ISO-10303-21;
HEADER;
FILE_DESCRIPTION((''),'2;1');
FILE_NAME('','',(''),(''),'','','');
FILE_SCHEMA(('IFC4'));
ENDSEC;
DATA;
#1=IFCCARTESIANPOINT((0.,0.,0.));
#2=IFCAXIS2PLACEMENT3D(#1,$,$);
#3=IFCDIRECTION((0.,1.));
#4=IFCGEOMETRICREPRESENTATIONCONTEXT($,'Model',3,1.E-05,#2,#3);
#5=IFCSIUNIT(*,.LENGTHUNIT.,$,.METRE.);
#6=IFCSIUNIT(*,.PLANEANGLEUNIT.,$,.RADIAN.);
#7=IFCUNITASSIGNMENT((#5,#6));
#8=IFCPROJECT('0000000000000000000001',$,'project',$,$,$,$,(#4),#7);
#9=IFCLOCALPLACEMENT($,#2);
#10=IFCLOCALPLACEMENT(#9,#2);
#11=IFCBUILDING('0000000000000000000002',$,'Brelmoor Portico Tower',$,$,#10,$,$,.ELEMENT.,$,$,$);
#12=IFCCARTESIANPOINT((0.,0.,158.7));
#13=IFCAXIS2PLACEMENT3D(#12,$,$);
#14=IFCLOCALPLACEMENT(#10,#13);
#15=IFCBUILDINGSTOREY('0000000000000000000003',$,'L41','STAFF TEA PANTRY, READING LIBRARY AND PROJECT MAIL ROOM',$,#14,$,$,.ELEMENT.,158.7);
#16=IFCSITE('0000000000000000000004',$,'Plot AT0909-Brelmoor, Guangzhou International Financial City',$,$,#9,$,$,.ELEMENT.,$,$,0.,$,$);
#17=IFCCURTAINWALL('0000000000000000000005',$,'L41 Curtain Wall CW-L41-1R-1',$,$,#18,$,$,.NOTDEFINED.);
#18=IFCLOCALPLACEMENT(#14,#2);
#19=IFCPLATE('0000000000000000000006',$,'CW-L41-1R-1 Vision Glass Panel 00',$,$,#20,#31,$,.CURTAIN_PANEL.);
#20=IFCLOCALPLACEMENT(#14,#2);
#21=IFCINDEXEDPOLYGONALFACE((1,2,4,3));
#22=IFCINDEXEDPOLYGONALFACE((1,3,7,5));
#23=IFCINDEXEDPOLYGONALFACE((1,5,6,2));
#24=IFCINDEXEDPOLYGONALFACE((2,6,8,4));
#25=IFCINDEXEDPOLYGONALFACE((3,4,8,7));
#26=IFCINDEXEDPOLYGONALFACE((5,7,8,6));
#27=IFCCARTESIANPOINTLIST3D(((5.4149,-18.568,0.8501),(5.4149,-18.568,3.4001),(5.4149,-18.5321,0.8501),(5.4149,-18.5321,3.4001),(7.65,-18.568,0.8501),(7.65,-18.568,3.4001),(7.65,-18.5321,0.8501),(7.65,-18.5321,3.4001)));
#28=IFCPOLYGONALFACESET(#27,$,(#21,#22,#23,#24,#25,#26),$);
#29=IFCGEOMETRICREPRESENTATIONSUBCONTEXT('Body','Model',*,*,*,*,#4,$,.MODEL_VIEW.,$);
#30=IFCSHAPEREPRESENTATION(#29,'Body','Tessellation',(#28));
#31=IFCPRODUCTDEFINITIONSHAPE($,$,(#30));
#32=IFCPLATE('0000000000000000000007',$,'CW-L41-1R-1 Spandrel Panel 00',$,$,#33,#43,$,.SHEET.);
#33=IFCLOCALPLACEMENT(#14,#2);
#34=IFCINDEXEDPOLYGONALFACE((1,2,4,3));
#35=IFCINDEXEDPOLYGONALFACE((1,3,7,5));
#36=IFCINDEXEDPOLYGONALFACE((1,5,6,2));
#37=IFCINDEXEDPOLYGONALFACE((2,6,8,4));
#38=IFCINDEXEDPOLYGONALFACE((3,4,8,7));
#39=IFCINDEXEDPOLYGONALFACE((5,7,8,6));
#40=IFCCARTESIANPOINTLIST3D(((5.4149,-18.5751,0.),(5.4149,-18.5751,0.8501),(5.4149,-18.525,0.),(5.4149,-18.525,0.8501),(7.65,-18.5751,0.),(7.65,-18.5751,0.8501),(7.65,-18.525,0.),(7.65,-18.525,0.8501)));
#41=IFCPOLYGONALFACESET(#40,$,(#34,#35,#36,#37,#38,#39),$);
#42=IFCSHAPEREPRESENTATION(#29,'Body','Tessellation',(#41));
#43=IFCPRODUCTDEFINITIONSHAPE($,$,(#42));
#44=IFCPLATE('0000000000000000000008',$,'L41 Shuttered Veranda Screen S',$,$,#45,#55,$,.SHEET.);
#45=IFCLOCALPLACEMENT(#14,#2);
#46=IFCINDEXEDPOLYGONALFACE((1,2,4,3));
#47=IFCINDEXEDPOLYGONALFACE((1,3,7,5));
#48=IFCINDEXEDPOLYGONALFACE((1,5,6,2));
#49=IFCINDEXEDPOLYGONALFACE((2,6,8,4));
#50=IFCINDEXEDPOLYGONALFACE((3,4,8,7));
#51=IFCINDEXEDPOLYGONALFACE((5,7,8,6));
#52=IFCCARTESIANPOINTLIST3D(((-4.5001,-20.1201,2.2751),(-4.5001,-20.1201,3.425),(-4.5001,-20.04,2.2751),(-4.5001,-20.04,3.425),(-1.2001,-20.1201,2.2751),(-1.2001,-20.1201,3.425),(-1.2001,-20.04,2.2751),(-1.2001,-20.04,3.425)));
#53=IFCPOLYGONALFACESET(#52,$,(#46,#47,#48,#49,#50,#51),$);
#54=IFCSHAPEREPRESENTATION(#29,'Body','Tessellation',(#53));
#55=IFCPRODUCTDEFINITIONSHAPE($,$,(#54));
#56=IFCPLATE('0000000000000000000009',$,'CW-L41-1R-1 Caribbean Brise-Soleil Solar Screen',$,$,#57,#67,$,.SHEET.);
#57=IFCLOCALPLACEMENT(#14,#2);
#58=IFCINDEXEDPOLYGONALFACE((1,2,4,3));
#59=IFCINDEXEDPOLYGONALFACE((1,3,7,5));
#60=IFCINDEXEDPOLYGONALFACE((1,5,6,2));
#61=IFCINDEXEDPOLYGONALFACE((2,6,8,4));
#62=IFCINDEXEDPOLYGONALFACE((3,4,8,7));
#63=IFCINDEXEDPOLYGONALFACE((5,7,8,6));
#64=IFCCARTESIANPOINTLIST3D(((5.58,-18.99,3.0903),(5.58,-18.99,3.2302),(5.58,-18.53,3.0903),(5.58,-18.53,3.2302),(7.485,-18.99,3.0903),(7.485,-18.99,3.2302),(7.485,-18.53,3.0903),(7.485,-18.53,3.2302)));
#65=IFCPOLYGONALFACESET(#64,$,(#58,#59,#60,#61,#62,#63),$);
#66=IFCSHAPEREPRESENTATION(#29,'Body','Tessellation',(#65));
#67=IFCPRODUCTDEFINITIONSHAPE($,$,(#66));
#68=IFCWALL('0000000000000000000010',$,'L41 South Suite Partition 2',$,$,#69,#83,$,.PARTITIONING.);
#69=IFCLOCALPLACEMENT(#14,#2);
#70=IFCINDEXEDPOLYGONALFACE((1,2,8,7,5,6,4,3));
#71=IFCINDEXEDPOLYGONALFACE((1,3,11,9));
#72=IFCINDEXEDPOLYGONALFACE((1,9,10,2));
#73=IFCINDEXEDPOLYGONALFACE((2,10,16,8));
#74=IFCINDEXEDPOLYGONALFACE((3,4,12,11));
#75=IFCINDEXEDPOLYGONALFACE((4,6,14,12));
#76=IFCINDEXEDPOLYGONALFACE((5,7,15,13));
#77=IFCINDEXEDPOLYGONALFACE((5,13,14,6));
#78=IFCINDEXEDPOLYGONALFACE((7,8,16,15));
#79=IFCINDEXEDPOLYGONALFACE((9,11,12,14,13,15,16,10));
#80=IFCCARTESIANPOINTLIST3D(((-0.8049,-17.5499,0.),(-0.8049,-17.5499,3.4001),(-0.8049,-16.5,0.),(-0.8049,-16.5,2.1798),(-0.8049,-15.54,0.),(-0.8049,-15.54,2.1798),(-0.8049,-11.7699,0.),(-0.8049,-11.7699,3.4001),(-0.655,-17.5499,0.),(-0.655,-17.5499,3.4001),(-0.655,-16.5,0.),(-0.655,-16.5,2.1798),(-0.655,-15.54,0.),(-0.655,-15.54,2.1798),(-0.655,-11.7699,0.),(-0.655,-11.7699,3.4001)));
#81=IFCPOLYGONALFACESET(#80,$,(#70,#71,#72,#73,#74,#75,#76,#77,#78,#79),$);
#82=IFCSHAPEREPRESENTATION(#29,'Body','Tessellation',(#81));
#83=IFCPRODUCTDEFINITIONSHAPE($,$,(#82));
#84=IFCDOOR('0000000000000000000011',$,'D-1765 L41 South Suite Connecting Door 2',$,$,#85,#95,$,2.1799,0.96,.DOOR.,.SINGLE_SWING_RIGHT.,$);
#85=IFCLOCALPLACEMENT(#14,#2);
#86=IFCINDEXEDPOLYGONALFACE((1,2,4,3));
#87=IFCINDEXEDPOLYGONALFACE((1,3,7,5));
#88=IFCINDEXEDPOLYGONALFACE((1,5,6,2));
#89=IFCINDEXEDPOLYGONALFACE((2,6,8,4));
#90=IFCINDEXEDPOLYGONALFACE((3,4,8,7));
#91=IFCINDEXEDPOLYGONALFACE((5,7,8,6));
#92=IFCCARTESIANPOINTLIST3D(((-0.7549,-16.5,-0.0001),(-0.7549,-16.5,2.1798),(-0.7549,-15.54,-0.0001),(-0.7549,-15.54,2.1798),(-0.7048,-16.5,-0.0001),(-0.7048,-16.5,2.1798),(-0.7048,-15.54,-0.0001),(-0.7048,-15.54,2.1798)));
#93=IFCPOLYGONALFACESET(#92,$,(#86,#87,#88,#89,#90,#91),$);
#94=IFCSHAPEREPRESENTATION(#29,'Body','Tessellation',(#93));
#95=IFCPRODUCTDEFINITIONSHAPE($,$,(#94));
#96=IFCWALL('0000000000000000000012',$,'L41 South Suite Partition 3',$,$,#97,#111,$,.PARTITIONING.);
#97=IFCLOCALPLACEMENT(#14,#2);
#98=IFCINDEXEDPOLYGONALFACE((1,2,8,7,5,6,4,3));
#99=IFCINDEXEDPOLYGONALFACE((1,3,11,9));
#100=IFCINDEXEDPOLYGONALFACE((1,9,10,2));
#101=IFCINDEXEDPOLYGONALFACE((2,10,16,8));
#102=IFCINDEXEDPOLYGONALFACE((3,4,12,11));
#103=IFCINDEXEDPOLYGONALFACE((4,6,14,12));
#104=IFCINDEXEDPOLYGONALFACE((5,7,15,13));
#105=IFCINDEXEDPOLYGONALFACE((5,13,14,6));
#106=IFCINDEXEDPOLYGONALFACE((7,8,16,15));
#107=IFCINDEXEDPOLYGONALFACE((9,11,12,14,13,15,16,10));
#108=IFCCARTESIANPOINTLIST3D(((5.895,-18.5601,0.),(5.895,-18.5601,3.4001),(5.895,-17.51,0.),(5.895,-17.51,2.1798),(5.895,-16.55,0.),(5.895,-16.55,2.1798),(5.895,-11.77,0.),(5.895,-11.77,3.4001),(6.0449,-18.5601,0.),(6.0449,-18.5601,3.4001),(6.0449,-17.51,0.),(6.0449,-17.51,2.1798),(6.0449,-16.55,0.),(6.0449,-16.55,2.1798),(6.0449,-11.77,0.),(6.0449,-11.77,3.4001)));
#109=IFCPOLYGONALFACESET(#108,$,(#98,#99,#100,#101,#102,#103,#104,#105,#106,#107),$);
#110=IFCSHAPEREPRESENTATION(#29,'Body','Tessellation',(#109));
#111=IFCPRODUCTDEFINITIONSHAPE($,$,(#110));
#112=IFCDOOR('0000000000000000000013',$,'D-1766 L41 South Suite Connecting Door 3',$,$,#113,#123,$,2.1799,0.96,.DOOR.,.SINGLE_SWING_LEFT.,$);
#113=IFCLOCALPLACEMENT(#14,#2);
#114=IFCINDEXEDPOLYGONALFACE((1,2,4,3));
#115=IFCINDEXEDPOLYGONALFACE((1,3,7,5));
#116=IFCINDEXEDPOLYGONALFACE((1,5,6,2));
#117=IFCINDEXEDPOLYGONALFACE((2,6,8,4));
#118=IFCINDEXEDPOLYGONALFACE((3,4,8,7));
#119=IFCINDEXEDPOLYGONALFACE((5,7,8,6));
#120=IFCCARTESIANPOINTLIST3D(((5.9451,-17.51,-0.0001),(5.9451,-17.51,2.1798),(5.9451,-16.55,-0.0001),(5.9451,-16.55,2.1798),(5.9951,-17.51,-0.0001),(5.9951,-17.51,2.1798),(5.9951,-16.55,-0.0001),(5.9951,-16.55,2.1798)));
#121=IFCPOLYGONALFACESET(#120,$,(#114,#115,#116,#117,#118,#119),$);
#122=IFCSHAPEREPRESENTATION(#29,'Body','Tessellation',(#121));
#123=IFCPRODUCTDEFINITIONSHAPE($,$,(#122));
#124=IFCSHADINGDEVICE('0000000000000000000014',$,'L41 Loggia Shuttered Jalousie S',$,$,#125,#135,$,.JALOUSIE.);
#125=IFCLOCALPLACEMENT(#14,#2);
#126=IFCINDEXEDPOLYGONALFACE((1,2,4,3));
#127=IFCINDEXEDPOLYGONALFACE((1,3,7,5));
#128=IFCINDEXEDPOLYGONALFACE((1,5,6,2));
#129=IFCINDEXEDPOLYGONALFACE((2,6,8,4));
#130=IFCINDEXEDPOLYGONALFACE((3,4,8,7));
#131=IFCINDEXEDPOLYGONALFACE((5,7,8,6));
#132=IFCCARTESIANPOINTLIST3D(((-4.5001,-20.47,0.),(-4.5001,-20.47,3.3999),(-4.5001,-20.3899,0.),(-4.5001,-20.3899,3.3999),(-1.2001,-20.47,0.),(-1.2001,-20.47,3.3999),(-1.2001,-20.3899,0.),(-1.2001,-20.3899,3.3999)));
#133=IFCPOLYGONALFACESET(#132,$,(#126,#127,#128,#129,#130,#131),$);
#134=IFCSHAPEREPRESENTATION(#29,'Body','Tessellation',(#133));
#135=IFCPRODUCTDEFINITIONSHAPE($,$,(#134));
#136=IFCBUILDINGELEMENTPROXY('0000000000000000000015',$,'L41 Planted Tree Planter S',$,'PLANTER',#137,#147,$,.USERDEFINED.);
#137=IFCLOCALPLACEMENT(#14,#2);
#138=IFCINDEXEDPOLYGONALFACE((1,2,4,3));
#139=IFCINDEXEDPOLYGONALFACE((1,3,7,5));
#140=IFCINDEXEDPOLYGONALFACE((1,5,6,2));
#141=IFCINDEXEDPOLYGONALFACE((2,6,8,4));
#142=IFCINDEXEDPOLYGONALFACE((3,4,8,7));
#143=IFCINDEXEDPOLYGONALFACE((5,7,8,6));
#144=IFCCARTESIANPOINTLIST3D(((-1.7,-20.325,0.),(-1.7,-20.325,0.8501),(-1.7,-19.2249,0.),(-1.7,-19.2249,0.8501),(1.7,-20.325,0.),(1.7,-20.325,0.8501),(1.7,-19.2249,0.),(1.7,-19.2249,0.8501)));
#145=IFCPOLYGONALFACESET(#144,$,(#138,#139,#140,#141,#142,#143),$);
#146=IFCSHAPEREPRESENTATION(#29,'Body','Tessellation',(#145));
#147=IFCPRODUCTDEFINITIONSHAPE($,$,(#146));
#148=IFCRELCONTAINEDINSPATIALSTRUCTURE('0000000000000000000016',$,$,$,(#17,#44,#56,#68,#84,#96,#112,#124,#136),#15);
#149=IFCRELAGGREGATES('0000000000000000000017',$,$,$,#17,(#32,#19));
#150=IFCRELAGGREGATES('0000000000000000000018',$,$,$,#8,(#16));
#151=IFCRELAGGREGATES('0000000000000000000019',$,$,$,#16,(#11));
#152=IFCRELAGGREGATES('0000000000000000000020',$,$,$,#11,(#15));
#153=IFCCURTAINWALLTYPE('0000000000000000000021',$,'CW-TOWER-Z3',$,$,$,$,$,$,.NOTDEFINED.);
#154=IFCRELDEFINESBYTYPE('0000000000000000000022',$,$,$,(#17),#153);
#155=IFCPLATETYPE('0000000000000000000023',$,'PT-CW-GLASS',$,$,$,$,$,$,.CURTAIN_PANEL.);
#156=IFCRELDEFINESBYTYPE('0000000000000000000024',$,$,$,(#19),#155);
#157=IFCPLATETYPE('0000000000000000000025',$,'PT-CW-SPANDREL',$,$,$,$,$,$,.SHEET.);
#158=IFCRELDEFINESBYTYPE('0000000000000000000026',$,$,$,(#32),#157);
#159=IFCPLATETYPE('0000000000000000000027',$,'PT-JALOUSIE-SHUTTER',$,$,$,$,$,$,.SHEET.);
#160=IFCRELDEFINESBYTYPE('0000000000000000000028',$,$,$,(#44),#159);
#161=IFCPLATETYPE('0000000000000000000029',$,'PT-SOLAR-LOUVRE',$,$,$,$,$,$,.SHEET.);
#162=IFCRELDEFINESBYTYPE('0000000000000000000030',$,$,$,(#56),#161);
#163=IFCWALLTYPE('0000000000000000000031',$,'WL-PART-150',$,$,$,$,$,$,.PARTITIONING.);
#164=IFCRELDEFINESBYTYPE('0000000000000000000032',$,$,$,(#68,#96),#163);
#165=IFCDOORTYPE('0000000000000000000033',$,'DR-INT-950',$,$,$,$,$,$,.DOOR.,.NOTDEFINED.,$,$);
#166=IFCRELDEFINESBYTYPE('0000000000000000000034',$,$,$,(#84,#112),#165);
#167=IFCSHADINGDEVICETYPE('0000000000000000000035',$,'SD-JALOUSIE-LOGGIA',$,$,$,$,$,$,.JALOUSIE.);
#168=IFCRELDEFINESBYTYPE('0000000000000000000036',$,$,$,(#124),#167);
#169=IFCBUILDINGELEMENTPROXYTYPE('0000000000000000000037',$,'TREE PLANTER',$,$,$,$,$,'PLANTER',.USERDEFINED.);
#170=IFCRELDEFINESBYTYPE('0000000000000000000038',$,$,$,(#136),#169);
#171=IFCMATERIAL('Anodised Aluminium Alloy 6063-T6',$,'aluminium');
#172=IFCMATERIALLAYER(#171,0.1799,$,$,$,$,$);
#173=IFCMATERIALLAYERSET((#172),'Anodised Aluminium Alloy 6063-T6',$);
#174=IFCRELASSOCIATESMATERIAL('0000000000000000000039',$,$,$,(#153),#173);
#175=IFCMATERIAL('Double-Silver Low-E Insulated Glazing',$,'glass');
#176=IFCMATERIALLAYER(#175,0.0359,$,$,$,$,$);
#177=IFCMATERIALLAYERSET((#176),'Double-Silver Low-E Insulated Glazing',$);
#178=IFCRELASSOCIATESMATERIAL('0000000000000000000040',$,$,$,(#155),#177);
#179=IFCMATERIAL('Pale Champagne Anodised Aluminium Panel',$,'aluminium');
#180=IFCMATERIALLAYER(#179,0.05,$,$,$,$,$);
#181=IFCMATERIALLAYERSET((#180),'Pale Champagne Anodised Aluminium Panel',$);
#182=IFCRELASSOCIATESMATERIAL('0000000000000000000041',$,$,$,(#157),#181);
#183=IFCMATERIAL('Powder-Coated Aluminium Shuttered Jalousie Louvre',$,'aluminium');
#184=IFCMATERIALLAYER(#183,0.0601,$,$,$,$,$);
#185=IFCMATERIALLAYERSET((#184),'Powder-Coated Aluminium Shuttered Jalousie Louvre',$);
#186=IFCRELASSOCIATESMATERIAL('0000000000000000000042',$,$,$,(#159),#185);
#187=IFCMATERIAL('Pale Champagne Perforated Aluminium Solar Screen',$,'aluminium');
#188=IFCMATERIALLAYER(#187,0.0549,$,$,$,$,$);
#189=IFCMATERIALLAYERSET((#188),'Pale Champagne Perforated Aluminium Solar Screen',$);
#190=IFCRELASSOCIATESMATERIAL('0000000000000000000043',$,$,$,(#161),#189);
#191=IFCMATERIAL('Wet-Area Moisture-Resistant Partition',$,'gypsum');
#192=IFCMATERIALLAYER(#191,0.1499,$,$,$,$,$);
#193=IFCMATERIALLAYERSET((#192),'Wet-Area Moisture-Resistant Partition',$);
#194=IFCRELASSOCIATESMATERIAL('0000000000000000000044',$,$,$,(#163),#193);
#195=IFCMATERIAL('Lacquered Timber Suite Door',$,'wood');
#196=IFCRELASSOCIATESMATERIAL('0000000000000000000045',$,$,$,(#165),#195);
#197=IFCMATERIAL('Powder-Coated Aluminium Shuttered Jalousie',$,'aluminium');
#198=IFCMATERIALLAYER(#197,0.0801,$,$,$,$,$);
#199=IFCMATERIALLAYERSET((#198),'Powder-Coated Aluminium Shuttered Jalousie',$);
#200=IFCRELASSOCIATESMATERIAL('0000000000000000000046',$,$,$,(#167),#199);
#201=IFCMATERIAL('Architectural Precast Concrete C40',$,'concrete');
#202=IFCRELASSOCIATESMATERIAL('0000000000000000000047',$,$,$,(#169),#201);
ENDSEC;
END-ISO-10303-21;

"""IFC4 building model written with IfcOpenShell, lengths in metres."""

from ifc_helpers import new_model, si_unit, direction, frame, frame_2d, origin, origin_2d, place, context, subcontext, project, spatial, rectangle, extrude, material, layer, layer_set, type_object, element, fill, aggregate, save


model = new_model("IFC4")

# Units and contexts
model_context = context("Model", 3, precision=1e-05, world=origin(), true_north=direction((0.0, 1.0)))
body_context = subcontext(model_context, "Body", "Model", "MODEL_VIEW")
ifc_project = project(units=[si_unit("LENGTHUNIT", "METRE"), si_unit("PLANEANGLEUNIT", "RADIAN")], contexts=[model_context])

# Site, building, storey
site_placement = place(None, origin())
site = spatial("IfcSite", under=ifc_project, at=site_placement, Name="Plot AT0909-Brelmoor, Guangzhou International Financial City", CompositionType="ELEMENT", RefElevation=0.0)
building_placement = place(site_placement, origin())
building = spatial("IfcBuilding", under=site, at=building_placement, Name="Brelmoor Portico Tower", CompositionType="ELEMENT")
storey_placement = place(building_placement, frame((0.0, 0.0, 158.7)))
storey = spatial("IfcBuildingStorey", under=building, at=storey_placement, Name="L41", Description="STAFF TEA PANTRY, READING LIBRARY AND PROJECT MAIL ROOM", CompositionType="ELEMENT", Elevation=158.7)

# Curtain wall
ifc_material_1 = material(Name="Anodised Aluminium Alloy 6063-T6", Category="aluminium")
ifc_layer_1 = layer(ifc_material_1, 0.1799)
ifc_layer_set_1 = layer_set([ifc_layer_1], Name="Anodised Aluminium Alloy 6063-T6")
curtain_wall_type_1 = type_object("IfcCurtainWallType", Name="CW-TOWER-Z3", PredefinedType="NOTDEFINED", material=ifc_layer_set_1)
curtain_wall_1_placement = place(storey_placement, origin())
curtain_wall_1 = element("IfcCurtainWall", 1, at=curtain_wall_1_placement, inside=storey, type_object=curtain_wall_type_1, Name="L41 Curtain Wall CW-L41-1R-1", PredefinedType="NOTDEFINED")

# Plates
ifc_material_2 = material(Name="Double-Silver Low-E Insulated Glazing", Category="glass")
ifc_layer_2 = layer(ifc_material_2, 0.0359)
ifc_layer_set_2 = layer_set([ifc_layer_2], Name="Double-Silver Low-E Insulated Glazing")
plate_type_1 = type_object("IfcPlateType", Name="PT-CW-GLASS", PredefinedType="CURTAIN_PANEL", material=ifc_layer_set_2)
plate_1_placement = place(storey_placement, frame((6.5325, -18.55, 0.8501), z_axis=(0.0, 0.0, 1.0), x_axis=(1.0, 0.0, 0.0)))
plate_1 = element("IfcPlate", 2, at=plate_1_placement, type_object=plate_type_1, Name="CW-L41-1R-1 Vision Glass Panel 00", PredefinedType="CURTAIN_PANEL", context=body_context, shape_type="SweptSolid", body=[
    extrude(rectangle(XDim=2.2351, YDim=0.0359, at=origin_2d()), origin(), (0.0, 0.0, 1.0), 2.55),
])
ifc_material_3 = material(Name="Pale Champagne Anodised Aluminium Panel", Category="aluminium")
ifc_layer_3 = layer(ifc_material_3, 0.05)
ifc_layer_set_3 = layer_set([ifc_layer_3], Name="Pale Champagne Anodised Aluminium Panel")
plate_type_2 = type_object("IfcPlateType", Name="PT-CW-SPANDREL", PredefinedType="SHEET", material=ifc_layer_set_3)
plate_2_placement = place(storey_placement, frame((6.5325, -18.55, 0.0), z_axis=(0.0, 0.0, 1.0), x_axis=(1.0, 0.0, 0.0)))
plate_2 = element("IfcPlate", 3, at=plate_2_placement, type_object=plate_type_2, Name="CW-L41-1R-1 Spandrel Panel 00", PredefinedType="SHEET", context=body_context, shape_type="SweptSolid", body=[
    extrude(rectangle(XDim=2.2351, YDim=0.05, at=origin_2d()), origin(), (0.0, 0.0, 1.0), 0.8501),
])
aggregate(curtain_wall_1, [plate_2, plate_1])

# Plates
ifc_material_4 = material(Name="Powder-Coated Aluminium Shuttered Jalousie Louvre", Category="aluminium")
ifc_layer_4 = layer(ifc_material_4, 0.0601)
ifc_layer_set_4 = layer_set([ifc_layer_4], Name="Powder-Coated Aluminium Shuttered Jalousie Louvre")
plate_type_3 = type_object("IfcPlateType", Name="PT-JALOUSIE-SHUTTER", PredefinedType="SHEET", material=ifc_layer_set_4)
plate_3_placement = place(storey_placement, frame((-2.8501, -20.0801, 2.2751), z_axis=(0.0, 0.0, 1.0), x_axis=(1.0, 0.0, 0.0)))
element("IfcPlate", 4, at=plate_3_placement, inside=storey, type_object=plate_type_3, Name="L41 Shuttered Veranda Screen S", PredefinedType="SHEET", context=body_context, shape_type="SweptSolid", body=[
    extrude(rectangle(XDim=3.3, YDim=0.0801, at=origin_2d()), origin(), (0.0, 0.0, 1.0), 1.1499),
])
ifc_material_5 = material(Name="Pale Champagne Perforated Aluminium Solar Screen", Category="aluminium")
ifc_layer_5 = layer(ifc_material_5, 0.0549)
ifc_layer_set_5 = layer_set([ifc_layer_5], Name="Pale Champagne Perforated Aluminium Solar Screen")
plate_type_4 = type_object("IfcPlateType", Name="PT-SOLAR-LOUVRE", PredefinedType="SHEET", material=ifc_layer_set_5)
plate_4_placement = place(storey_placement, frame((6.5325, -18.76, 3.0903), z_axis=(0.0, 0.0, 1.0), x_axis=(1.0, 0.0, 0.0)))
element("IfcPlate", 5, at=plate_4_placement, inside=storey, type_object=plate_type_4, Name="CW-L41-1R-1 Caribbean Brise-Soleil Solar Screen", PredefinedType="SHEET", context=body_context, shape_type="SweptSolid", body=[
    extrude(rectangle(XDim=1.905, YDim=0.46, at=origin_2d()), origin(), (0.0, 0.0, 1.0), 0.1399),
])

# Walls, openings, doors
ifc_material_6 = material(Name="Wet-Area Moisture-Resistant Partition", Category="gypsum")
ifc_layer_6 = layer(ifc_material_6, 0.1499)
ifc_layer_set_6 = layer_set([ifc_layer_6], Name="Wet-Area Moisture-Resistant Partition")
wall_type_1 = type_object("IfcWallType", Name="WL-PART-150", PredefinedType="PARTITIONING", material=ifc_layer_set_6)
wall_1_placement = place(storey_placement, frame((-0.73, -17.55, 0.0), z_axis=(0.0, 0.0, 1.0), x_axis=(0.0, 1.0, 0.0)))
wall_1 = element("IfcWall", 6, at=wall_1_placement, inside=storey, type_object=wall_type_1, Name="L41 South Suite Partition 2", PredefinedType="PARTITIONING", context=body_context, shape_type="SweptSolid", body=[
    extrude(rectangle(XDim=5.78, YDim=0.1499, at=frame_2d((2.8901, 0.0))), origin(), (0.0, 0.0, 1.0), 3.4001),
])
opening_1_placement = place(wall_1_placement, frame((1.05, 0.0, 0.0)))
opening_1 = element("IfcOpeningElement", 7, at=opening_1_placement, cuts=wall_1, PredefinedType="OPENING", context=body_context, shape_type="SweptSolid", body=[
    extrude(rectangle(XDim=0.96, YDim=2.1799, at=frame_2d((0.48, 1.0898))), frame((0.0, 0.085, 0.0), z_axis=(0.0, -1.0, 0.0), x_axis=(1.0, 0.0, 0.0)), (0.0, 0.0, 1.0), 0.1699),
])
ifc_material_7 = material(Name="Lacquered Timber Suite Door", Category="wood")
door_type_1 = type_object("IfcDoorType", Name="DR-INT-950", OperationType="NOTDEFINED", PredefinedType="DOOR", material=ifc_material_7)
door_1_placement = place(opening_1_placement, origin())
door_1 = element("IfcDoor", 8, at=door_1_placement, inside=storey, type_object=door_type_1, Name="D-1765 L41 South Suite Connecting Door 2", OperationType="SINGLE_SWING_RIGHT", OverallHeight=2.1799, OverallWidth=0.96, PredefinedType="DOOR", context=body_context, shape_type="SweptSolid", body=[
    extrude(rectangle(XDim=0.96, YDim=2.1799, at=frame_2d((0.48, 1.0898))), frame((0.0, 0.0249, 0.0), z_axis=(0.0, -1.0, 0.0), x_axis=(1.0, 0.0, 0.0)), (0.0, 0.0, 1.0), 0.05),
])
fill(opening_1, door_1)
wall_2_placement = place(storey_placement, frame((5.97, -18.5601, 0.0), z_axis=(0.0, 0.0, 1.0), x_axis=(0.0, 1.0, 0.0)))
wall_2 = element("IfcWall", 9, at=wall_2_placement, inside=storey, type_object=wall_type_1, Name="L41 South Suite Partition 3", PredefinedType="PARTITIONING", context=body_context, shape_type="SweptSolid", body=[
    extrude(rectangle(XDim=6.79, YDim=0.1499, at=frame_2d((3.395, 0.0))), origin(), (0.0, 0.0, 1.0), 3.4001),
])
opening_2_placement = place(wall_2_placement, frame((1.05, 0.0, 0.0)))
opening_2 = element("IfcOpeningElement", 10, at=opening_2_placement, cuts=wall_2, PredefinedType="OPENING", context=body_context, shape_type="SweptSolid", body=[
    extrude(rectangle(XDim=0.96, YDim=2.1799, at=frame_2d((0.48, 1.0898))), frame((0.0, 0.085, 0.0), z_axis=(0.0, -1.0, 0.0), x_axis=(1.0, 0.0, 0.0)), (0.0, 0.0, 1.0), 0.1699),
])
door_2_placement = place(opening_2_placement, origin())
door_2 = element("IfcDoor", 11, at=door_2_placement, inside=storey, type_object=door_type_1, Name="D-1766 L41 South Suite Connecting Door 3", OperationType="SINGLE_SWING_LEFT", OverallHeight=2.1799, OverallWidth=0.96, PredefinedType="DOOR", context=body_context, shape_type="SweptSolid", body=[
    extrude(rectangle(XDim=0.96, YDim=2.1799, at=frame_2d((0.48, 1.0898))), frame((0.0, 0.0249, 0.0), z_axis=(0.0, -1.0, 0.0), x_axis=(1.0, 0.0, 0.0)), (0.0, 0.0, 1.0), 0.05),
])
fill(opening_2, door_2)

# Shading device
ifc_material_8 = material(Name="Powder-Coated Aluminium Shuttered Jalousie", Category="aluminium")
ifc_layer_7 = layer(ifc_material_8, 0.0801)
ifc_layer_set_7 = layer_set([ifc_layer_7], Name="Powder-Coated Aluminium Shuttered Jalousie")
shading_device_type = type_object("IfcShadingDeviceType", Name="SD-JALOUSIE-LOGGIA", PredefinedType="JALOUSIE", material=ifc_layer_set_7)
shading_device_placement = place(storey_placement, frame((-2.8501, -20.4299, 0.0), z_axis=(0.0, 0.0, 1.0), x_axis=(1.0, 0.0, 0.0)))
element("IfcShadingDevice", 12, at=shading_device_placement, inside=storey, type_object=shading_device_type, Name="L41 Loggia Shuttered Jalousie S", PredefinedType="JALOUSIE", context=body_context, shape_type="SweptSolid", body=[
    extrude(rectangle(XDim=3.3, YDim=0.0801, at=origin_2d()), origin(), (0.0, 0.0, 1.0), 3.3999),
])

# Building element proxy
ifc_material_9 = material(Name="Architectural Precast Concrete C40", Category="concrete")
building_element_proxy_type = type_object("IfcBuildingElementProxyType", Name="TREE PLANTER", ElementType="PLANTER", PredefinedType="USERDEFINED", material=ifc_material_9)
proxy_placement = place(storey_placement, frame((0.0, -19.7749, 0.0), z_axis=(0.0, 0.0, 1.0), x_axis=(1.0, 0.0, 0.0)))
element("IfcBuildingElementProxy", 13, at=proxy_placement, inside=storey, type_object=building_element_proxy_type, Name="L41 Planted Tree Planter S", ObjectType="PLANTER", PredefinedType="USERDEFINED", context=body_context, shape_type="SweptSolid", body=[
    extrude(rectangle(XDim=3.3999, YDim=1.1001, at=origin_2d()), origin(), (0.0, 0.0, 1.0), 0.8501),
])

save(model, "model.ifc")
